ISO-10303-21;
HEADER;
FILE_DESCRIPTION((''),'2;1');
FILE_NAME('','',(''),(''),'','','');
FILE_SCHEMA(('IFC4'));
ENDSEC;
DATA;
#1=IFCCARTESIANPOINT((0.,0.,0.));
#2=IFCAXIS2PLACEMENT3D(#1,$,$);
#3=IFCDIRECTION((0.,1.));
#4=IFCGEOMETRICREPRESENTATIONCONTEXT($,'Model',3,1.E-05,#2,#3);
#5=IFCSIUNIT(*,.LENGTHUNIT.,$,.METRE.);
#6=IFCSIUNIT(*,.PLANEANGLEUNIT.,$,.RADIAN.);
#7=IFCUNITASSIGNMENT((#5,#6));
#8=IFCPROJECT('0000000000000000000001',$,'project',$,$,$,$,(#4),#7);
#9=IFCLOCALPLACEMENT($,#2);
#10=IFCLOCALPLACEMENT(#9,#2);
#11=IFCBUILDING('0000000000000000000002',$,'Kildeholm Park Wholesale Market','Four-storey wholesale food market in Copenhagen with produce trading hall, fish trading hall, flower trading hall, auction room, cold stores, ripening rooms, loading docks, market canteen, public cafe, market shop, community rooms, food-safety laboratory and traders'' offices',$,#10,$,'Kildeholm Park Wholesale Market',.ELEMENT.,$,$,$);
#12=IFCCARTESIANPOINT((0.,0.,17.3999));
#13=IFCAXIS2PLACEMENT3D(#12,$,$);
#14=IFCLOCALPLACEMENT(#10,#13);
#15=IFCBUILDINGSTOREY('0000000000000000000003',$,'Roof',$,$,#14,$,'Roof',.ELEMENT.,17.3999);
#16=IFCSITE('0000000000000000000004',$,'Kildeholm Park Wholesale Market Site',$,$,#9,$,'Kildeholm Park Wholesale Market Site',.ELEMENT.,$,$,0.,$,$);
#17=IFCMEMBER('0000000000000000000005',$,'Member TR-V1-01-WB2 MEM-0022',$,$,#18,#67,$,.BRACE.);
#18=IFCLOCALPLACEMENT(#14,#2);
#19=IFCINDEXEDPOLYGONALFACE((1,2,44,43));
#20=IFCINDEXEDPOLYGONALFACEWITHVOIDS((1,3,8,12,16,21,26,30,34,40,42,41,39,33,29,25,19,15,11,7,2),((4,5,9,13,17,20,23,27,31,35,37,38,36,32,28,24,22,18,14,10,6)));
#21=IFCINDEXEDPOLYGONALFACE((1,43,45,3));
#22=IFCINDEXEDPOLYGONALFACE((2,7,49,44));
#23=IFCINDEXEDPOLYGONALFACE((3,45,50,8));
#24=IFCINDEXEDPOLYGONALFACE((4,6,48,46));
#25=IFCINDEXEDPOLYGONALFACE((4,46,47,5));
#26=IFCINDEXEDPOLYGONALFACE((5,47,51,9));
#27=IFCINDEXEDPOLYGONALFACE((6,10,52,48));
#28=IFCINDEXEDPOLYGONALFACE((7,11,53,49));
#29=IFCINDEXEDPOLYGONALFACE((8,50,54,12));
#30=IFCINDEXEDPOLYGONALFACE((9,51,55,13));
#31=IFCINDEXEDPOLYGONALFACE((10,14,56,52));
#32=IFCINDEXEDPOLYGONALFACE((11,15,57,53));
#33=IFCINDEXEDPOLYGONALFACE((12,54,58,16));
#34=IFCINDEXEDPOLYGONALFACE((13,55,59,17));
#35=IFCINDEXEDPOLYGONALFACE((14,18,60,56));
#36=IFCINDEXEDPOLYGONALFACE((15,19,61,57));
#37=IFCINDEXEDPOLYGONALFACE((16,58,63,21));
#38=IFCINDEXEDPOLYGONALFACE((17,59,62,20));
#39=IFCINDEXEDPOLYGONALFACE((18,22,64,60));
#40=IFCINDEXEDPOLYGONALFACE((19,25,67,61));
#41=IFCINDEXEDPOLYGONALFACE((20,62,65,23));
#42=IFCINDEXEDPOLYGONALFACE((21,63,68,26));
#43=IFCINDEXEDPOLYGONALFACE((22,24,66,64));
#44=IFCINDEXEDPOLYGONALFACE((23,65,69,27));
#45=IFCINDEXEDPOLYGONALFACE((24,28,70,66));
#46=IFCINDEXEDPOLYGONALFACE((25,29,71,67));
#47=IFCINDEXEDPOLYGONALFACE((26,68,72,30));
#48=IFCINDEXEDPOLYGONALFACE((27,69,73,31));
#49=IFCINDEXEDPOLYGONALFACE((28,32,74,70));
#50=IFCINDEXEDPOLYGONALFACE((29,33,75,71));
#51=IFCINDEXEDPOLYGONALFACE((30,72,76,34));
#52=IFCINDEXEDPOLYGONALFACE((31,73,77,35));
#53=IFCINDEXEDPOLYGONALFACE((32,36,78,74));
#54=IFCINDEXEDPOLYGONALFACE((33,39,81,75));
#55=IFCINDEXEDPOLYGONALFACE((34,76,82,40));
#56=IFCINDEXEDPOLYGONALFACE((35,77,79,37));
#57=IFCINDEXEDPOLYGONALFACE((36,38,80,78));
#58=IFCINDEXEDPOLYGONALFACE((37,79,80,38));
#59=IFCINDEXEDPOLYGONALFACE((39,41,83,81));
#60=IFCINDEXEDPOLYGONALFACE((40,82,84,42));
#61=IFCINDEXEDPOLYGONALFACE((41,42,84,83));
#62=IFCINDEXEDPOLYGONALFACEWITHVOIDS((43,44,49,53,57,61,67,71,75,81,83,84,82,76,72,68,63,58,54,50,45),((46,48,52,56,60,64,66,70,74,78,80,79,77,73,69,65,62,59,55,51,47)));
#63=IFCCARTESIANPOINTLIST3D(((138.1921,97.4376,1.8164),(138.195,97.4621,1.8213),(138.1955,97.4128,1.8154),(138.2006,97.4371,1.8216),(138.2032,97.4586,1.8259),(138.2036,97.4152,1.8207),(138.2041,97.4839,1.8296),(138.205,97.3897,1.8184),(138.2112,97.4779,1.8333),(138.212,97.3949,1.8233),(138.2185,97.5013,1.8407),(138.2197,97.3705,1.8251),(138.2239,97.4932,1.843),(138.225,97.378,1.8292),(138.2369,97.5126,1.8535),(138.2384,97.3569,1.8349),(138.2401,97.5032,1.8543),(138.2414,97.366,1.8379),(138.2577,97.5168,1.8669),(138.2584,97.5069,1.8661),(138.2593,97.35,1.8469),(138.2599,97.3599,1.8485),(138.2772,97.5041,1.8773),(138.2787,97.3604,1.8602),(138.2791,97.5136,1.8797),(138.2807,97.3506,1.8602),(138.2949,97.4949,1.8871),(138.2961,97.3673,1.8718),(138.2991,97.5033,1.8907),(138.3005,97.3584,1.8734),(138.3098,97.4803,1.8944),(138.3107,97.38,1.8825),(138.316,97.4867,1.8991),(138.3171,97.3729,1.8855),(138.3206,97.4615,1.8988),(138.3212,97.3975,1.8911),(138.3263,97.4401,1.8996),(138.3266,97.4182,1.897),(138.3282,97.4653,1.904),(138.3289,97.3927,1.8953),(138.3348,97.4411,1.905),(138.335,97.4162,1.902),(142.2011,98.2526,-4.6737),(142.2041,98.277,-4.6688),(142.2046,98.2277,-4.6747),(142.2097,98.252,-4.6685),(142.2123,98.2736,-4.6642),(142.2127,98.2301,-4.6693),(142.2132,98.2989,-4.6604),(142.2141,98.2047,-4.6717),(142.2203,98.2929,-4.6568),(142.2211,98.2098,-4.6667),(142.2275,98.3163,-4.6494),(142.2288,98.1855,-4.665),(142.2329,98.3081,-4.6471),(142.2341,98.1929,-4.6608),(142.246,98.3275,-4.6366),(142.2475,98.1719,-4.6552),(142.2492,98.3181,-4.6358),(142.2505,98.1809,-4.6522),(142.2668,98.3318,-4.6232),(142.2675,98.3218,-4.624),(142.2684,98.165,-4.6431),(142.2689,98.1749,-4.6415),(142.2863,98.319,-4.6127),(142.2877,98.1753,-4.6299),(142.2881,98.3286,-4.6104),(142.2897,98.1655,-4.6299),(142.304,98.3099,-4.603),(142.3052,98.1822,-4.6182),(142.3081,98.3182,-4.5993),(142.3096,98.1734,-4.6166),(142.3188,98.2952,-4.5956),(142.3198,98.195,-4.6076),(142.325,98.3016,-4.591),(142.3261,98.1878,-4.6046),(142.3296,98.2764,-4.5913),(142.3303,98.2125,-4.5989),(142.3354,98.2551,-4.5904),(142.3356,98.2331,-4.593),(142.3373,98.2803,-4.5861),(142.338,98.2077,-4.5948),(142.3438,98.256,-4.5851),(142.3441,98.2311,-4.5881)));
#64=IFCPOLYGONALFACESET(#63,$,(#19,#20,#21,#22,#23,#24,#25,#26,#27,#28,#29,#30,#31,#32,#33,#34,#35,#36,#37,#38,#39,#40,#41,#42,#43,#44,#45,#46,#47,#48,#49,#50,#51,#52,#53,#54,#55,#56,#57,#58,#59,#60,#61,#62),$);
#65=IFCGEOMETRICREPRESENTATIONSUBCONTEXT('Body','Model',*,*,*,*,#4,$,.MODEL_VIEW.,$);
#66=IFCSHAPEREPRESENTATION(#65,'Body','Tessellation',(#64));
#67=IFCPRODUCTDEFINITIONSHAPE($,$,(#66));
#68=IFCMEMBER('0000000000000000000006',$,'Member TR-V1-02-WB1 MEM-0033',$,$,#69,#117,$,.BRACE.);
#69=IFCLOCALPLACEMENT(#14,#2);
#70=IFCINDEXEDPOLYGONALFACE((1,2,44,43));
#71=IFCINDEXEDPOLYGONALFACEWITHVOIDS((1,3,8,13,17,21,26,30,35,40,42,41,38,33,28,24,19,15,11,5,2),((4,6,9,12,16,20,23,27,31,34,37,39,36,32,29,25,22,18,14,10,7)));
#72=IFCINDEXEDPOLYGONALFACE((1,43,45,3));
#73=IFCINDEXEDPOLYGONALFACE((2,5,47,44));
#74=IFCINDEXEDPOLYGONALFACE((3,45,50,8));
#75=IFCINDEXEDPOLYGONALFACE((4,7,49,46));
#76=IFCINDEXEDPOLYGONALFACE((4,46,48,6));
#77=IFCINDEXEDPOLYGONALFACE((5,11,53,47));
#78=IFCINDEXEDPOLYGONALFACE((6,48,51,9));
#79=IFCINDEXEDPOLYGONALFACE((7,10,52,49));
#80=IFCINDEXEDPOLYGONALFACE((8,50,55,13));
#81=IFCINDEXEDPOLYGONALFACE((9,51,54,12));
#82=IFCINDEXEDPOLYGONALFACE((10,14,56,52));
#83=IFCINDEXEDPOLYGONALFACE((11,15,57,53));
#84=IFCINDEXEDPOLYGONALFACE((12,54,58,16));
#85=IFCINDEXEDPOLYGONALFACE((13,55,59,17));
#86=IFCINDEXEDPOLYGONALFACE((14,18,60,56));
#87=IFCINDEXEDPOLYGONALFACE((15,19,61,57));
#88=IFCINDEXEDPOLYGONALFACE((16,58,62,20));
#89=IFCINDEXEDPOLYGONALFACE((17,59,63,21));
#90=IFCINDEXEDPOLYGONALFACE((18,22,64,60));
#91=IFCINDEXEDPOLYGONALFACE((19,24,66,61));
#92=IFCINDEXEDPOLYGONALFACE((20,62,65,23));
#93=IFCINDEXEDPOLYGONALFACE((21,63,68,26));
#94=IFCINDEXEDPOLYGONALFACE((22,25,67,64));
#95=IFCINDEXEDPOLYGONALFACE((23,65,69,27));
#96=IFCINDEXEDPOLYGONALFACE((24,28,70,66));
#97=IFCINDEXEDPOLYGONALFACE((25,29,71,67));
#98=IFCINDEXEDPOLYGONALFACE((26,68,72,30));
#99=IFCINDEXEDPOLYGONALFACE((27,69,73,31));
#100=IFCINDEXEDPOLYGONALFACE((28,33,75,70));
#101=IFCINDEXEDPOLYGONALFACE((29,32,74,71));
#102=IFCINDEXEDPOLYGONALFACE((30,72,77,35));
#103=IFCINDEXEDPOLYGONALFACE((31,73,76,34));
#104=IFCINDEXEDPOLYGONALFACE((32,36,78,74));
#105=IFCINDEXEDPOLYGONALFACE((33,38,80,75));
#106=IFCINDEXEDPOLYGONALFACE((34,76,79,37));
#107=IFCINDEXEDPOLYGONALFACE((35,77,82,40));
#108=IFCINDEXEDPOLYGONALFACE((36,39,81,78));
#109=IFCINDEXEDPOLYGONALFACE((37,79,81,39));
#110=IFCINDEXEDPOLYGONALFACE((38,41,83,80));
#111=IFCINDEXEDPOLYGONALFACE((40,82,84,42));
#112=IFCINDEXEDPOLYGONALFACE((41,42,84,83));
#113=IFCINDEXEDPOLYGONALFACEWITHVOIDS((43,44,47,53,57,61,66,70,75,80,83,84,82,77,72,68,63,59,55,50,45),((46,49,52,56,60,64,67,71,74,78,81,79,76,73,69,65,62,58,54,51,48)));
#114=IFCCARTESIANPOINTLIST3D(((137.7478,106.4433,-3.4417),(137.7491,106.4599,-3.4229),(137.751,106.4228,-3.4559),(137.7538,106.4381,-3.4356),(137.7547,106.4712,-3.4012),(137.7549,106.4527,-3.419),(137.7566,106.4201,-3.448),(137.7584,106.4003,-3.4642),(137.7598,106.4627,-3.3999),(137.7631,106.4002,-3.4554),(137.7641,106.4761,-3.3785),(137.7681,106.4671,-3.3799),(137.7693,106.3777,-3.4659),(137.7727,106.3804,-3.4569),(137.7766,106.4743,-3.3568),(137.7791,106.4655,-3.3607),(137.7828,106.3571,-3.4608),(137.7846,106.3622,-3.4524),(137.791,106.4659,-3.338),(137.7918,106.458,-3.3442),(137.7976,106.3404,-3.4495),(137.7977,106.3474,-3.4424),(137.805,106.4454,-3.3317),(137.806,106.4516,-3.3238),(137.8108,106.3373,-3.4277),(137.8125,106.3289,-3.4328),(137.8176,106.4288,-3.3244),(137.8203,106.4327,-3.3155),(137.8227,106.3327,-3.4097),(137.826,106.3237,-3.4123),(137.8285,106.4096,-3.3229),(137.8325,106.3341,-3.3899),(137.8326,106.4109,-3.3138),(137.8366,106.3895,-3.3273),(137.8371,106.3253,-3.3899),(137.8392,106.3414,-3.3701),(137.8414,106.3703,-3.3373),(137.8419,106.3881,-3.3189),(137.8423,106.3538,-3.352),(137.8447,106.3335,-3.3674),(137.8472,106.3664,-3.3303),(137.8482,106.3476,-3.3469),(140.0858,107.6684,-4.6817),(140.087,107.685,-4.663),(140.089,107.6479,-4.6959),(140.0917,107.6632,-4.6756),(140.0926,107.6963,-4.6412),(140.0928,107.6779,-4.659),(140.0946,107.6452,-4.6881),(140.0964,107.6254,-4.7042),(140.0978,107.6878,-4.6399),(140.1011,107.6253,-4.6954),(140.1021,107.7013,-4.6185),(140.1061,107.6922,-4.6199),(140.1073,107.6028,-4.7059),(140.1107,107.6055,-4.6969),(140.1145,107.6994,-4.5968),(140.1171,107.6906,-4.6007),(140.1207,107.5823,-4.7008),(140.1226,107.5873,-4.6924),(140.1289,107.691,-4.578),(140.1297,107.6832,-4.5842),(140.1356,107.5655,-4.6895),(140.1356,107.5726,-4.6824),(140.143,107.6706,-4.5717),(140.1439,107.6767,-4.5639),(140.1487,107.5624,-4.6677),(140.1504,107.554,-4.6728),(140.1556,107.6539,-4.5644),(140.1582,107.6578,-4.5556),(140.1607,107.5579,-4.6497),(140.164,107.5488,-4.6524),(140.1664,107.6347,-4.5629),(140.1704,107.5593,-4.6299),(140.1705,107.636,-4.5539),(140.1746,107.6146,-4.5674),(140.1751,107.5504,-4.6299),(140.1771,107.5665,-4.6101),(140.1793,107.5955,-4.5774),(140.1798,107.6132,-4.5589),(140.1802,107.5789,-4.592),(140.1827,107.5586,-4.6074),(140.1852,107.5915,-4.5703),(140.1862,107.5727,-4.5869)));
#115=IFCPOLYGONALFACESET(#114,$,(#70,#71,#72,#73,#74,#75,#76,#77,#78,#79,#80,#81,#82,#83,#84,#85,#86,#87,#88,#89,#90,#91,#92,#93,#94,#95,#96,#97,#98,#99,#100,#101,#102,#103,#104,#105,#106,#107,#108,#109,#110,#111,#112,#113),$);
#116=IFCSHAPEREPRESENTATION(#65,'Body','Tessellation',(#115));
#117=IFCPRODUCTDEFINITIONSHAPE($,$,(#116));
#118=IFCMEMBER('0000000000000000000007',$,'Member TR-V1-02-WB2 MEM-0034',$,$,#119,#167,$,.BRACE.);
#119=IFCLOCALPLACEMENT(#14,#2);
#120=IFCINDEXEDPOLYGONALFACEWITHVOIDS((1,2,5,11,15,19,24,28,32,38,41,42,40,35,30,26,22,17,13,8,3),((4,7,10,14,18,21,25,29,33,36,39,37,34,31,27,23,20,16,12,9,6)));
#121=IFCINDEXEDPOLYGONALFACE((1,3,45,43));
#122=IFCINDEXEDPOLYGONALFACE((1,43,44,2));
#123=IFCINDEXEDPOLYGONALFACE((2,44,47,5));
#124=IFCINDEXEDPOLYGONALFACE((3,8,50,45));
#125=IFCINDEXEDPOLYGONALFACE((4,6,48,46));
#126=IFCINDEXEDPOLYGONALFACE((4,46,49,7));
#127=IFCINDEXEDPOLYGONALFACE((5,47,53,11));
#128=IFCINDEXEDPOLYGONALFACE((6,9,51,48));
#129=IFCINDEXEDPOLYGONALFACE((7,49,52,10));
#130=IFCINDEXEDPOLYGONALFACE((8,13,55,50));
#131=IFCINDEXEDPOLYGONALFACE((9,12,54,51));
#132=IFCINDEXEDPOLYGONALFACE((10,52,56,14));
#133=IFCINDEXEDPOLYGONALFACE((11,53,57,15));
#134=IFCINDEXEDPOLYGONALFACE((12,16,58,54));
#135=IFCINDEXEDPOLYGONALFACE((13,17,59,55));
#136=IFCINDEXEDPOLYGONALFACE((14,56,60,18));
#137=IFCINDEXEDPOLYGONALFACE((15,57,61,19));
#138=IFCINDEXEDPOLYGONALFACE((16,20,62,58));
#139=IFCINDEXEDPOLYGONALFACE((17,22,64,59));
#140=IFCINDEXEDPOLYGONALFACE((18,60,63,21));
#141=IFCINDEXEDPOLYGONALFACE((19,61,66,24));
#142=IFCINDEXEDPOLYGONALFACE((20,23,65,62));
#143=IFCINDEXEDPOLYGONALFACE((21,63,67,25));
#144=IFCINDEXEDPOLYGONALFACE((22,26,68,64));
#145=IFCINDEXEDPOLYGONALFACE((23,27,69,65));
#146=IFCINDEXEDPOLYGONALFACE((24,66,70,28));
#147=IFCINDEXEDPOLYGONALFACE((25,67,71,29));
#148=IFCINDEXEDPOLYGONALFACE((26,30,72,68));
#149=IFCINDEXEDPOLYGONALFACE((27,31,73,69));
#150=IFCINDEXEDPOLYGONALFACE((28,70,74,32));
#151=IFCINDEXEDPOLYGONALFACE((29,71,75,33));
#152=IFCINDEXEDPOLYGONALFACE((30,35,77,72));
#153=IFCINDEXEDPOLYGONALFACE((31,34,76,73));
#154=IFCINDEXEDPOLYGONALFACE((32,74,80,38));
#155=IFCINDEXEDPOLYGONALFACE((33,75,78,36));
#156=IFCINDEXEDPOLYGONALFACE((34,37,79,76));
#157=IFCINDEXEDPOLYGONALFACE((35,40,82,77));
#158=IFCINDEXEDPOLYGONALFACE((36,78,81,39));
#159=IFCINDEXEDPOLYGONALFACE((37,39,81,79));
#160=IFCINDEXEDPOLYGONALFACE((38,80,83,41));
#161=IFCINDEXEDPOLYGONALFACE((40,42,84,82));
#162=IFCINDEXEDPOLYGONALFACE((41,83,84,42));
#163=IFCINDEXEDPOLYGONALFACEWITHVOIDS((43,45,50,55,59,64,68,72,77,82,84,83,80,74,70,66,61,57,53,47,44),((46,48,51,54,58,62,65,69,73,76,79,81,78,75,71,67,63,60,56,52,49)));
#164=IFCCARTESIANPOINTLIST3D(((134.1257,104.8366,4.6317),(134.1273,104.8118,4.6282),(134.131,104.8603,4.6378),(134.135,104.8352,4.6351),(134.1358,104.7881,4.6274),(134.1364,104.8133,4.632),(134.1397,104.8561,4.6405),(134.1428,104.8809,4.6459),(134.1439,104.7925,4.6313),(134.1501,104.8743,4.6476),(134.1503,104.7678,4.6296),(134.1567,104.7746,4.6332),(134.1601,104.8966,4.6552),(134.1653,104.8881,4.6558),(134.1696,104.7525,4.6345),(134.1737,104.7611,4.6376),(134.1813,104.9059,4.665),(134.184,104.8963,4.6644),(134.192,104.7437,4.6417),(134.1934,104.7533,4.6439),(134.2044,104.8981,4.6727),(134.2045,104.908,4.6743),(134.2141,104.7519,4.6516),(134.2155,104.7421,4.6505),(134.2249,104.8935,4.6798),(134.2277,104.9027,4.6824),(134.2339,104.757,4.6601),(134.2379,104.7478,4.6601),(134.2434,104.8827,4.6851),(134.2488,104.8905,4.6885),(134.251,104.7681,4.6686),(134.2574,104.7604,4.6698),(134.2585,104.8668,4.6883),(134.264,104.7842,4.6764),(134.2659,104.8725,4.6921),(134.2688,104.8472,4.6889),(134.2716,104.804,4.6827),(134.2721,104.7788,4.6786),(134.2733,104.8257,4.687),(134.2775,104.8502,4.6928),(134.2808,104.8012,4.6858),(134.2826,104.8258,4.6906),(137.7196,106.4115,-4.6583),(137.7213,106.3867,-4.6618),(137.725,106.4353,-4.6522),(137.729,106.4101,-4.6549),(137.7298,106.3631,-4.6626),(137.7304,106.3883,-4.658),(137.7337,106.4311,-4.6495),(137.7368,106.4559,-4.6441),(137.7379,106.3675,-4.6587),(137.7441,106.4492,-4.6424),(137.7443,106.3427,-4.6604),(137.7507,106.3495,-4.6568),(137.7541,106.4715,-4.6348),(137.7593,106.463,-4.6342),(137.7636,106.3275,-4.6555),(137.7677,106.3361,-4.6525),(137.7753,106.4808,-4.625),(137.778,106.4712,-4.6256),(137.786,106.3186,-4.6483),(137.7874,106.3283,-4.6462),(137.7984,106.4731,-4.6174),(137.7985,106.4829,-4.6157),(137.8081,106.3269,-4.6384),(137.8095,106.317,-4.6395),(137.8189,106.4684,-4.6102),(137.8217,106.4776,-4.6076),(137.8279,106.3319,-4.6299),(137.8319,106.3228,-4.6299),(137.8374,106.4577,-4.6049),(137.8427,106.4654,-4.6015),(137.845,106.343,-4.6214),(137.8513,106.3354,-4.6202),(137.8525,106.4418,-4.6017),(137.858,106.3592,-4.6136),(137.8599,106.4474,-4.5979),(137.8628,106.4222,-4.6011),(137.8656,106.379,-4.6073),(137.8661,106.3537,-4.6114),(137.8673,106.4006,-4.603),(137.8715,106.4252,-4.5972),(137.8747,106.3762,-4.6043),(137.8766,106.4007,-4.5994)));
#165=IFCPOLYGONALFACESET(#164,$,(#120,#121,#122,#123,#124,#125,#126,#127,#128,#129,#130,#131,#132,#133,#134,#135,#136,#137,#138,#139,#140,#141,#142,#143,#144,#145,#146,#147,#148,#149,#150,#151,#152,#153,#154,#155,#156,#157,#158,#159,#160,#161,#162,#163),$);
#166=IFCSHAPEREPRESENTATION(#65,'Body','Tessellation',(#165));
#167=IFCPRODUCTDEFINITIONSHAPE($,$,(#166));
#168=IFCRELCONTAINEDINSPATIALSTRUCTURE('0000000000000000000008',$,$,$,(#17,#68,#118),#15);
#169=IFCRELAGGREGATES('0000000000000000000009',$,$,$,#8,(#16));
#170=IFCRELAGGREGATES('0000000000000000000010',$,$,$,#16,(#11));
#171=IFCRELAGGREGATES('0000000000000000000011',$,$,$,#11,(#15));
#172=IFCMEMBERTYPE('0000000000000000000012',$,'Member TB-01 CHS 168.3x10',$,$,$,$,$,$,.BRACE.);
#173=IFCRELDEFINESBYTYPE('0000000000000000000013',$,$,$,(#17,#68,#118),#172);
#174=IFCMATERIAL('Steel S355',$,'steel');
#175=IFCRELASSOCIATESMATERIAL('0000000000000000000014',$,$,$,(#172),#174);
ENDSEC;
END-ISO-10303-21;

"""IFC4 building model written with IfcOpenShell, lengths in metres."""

from ifc_helpers import new_model, si_unit, direction, frame, origin, origin_2d, place, context, subcontext, project, spatial, hollow_circle, extrude, material, material_profile, profile_set, type_object, element, save


model = new_model("IFC4")

# Units and contexts
model_context = context("Model", 3, precision=1e-05, world=origin(), true_north=direction((0.0, 1.0)))
body_context = subcontext(model_context, "Body", "Model", "MODEL_VIEW")
ifc_project = project(units=[si_unit("LENGTHUNIT", "METRE"), si_unit("PLANEANGLEUNIT", "RADIAN")], contexts=[model_context])

# Site, building, storey
site_placement = place(None, origin())
site = spatial("IfcSite", under=ifc_project, at=site_placement, Name="Kildeholm Park Wholesale Market Site", LongName="Kildeholm Park Wholesale Market Site", CompositionType="ELEMENT", RefElevation=0.0)
building_placement = place(site_placement, origin())
building = spatial("IfcBuilding", under=site, at=building_placement, Name="Kildeholm Park Wholesale Market", Description="Four-storey wholesale food market in Copenhagen with produce trading hall, fish trading hall, flower trading hall, auction room, cold stores, ripening rooms, loading docks, market canteen, public cafe, market shop, community rooms, food-safety laboratory and traders' offices", LongName="Kildeholm Park Wholesale Market", CompositionType="ELEMENT")
storey_placement = place(building_placement, frame((0.0, 0.0, 17.3999)))
storey = spatial("IfcBuildingStorey", under=building, at=storey_placement, Name="Roof", LongName="Roof", CompositionType="ELEMENT", Elevation=17.3999)

# Shared definitions
ifc_material_1 = material(Name="Steel S355", Category="steel")

# Members
ifc_material_profile_1 = material_profile(ifc_material_1, hollow_circle(Radius=0.0842, WallThickness=0.01, at=origin_2d()), Name="CHS 168.3x10")
ifc_profile_set_1 = profile_set([ifc_material_profile_1], Name="Steel S355")
member_type_1 = type_object("IfcMemberType", Name="Member TB-01 CHS 168.3x10", PredefinedType="BRACE", material=ifc_profile_set_1)
member_1_placement = place(storey_placement, frame((142.2729, 98.248, -4.6299), z_axis=(-0.522568, -0.106226, 0.845955), x_axis=(0.199202, -0.979958, 0.0)))
element("IfcMember", 1, at=member_1_placement, inside=storey, type_object=member_type_1, Name="Member TR-V1-01-WB2 MEM-0022", PredefinedType="BRACE", context=body_context, shape_type="SweptSolid", body=[
    extrude(hollow_circle(Radius=0.0842, WallThickness=0.01, at=origin_2d()), origin(), (0.0, 0.0, 1.0), 7.6719),
])
member_2_placement = place(storey_placement, frame((140.136, 107.625, -4.6299), z_axis=(-0.801693, -0.420102, 0.425209), x_axis=(0.464152, -0.885755, 0.0)))
element("IfcMember", 2, at=member_2_placement, inside=storey, type_object=member_type_1, Name="Member TR-V1-02-WB1 MEM-0033", PredefinedType="BRACE", context=body_context, shape_type="SweptSolid", body=[
    extrude(hollow_circle(Radius=0.0842, WallThickness=0.01, at=origin_2d()), origin(), (0.0, 0.0, 1.0), 2.9163),
])
member_3_placement = place(storey_placement, frame((137.7981, 106.3999, -4.6299), z_axis=(-0.356379, -0.156172, 0.921197), x_axis=(0.40137, -0.915916, 0.0)))
element("IfcMember", 3, at=member_3_placement, inside=storey, type_object=member_type_1, Name="Member TR-V1-02-WB2 MEM-0034", PredefinedType="BRACE", context=body_context, shape_type="SweptSolid", body=[
    extrude(hollow_circle(Radius=0.0842, WallThickness=0.01, at=origin_2d()), origin(), (0.0, 0.0, 1.0), 10.0847),
])

save(model, "model.ifc")
